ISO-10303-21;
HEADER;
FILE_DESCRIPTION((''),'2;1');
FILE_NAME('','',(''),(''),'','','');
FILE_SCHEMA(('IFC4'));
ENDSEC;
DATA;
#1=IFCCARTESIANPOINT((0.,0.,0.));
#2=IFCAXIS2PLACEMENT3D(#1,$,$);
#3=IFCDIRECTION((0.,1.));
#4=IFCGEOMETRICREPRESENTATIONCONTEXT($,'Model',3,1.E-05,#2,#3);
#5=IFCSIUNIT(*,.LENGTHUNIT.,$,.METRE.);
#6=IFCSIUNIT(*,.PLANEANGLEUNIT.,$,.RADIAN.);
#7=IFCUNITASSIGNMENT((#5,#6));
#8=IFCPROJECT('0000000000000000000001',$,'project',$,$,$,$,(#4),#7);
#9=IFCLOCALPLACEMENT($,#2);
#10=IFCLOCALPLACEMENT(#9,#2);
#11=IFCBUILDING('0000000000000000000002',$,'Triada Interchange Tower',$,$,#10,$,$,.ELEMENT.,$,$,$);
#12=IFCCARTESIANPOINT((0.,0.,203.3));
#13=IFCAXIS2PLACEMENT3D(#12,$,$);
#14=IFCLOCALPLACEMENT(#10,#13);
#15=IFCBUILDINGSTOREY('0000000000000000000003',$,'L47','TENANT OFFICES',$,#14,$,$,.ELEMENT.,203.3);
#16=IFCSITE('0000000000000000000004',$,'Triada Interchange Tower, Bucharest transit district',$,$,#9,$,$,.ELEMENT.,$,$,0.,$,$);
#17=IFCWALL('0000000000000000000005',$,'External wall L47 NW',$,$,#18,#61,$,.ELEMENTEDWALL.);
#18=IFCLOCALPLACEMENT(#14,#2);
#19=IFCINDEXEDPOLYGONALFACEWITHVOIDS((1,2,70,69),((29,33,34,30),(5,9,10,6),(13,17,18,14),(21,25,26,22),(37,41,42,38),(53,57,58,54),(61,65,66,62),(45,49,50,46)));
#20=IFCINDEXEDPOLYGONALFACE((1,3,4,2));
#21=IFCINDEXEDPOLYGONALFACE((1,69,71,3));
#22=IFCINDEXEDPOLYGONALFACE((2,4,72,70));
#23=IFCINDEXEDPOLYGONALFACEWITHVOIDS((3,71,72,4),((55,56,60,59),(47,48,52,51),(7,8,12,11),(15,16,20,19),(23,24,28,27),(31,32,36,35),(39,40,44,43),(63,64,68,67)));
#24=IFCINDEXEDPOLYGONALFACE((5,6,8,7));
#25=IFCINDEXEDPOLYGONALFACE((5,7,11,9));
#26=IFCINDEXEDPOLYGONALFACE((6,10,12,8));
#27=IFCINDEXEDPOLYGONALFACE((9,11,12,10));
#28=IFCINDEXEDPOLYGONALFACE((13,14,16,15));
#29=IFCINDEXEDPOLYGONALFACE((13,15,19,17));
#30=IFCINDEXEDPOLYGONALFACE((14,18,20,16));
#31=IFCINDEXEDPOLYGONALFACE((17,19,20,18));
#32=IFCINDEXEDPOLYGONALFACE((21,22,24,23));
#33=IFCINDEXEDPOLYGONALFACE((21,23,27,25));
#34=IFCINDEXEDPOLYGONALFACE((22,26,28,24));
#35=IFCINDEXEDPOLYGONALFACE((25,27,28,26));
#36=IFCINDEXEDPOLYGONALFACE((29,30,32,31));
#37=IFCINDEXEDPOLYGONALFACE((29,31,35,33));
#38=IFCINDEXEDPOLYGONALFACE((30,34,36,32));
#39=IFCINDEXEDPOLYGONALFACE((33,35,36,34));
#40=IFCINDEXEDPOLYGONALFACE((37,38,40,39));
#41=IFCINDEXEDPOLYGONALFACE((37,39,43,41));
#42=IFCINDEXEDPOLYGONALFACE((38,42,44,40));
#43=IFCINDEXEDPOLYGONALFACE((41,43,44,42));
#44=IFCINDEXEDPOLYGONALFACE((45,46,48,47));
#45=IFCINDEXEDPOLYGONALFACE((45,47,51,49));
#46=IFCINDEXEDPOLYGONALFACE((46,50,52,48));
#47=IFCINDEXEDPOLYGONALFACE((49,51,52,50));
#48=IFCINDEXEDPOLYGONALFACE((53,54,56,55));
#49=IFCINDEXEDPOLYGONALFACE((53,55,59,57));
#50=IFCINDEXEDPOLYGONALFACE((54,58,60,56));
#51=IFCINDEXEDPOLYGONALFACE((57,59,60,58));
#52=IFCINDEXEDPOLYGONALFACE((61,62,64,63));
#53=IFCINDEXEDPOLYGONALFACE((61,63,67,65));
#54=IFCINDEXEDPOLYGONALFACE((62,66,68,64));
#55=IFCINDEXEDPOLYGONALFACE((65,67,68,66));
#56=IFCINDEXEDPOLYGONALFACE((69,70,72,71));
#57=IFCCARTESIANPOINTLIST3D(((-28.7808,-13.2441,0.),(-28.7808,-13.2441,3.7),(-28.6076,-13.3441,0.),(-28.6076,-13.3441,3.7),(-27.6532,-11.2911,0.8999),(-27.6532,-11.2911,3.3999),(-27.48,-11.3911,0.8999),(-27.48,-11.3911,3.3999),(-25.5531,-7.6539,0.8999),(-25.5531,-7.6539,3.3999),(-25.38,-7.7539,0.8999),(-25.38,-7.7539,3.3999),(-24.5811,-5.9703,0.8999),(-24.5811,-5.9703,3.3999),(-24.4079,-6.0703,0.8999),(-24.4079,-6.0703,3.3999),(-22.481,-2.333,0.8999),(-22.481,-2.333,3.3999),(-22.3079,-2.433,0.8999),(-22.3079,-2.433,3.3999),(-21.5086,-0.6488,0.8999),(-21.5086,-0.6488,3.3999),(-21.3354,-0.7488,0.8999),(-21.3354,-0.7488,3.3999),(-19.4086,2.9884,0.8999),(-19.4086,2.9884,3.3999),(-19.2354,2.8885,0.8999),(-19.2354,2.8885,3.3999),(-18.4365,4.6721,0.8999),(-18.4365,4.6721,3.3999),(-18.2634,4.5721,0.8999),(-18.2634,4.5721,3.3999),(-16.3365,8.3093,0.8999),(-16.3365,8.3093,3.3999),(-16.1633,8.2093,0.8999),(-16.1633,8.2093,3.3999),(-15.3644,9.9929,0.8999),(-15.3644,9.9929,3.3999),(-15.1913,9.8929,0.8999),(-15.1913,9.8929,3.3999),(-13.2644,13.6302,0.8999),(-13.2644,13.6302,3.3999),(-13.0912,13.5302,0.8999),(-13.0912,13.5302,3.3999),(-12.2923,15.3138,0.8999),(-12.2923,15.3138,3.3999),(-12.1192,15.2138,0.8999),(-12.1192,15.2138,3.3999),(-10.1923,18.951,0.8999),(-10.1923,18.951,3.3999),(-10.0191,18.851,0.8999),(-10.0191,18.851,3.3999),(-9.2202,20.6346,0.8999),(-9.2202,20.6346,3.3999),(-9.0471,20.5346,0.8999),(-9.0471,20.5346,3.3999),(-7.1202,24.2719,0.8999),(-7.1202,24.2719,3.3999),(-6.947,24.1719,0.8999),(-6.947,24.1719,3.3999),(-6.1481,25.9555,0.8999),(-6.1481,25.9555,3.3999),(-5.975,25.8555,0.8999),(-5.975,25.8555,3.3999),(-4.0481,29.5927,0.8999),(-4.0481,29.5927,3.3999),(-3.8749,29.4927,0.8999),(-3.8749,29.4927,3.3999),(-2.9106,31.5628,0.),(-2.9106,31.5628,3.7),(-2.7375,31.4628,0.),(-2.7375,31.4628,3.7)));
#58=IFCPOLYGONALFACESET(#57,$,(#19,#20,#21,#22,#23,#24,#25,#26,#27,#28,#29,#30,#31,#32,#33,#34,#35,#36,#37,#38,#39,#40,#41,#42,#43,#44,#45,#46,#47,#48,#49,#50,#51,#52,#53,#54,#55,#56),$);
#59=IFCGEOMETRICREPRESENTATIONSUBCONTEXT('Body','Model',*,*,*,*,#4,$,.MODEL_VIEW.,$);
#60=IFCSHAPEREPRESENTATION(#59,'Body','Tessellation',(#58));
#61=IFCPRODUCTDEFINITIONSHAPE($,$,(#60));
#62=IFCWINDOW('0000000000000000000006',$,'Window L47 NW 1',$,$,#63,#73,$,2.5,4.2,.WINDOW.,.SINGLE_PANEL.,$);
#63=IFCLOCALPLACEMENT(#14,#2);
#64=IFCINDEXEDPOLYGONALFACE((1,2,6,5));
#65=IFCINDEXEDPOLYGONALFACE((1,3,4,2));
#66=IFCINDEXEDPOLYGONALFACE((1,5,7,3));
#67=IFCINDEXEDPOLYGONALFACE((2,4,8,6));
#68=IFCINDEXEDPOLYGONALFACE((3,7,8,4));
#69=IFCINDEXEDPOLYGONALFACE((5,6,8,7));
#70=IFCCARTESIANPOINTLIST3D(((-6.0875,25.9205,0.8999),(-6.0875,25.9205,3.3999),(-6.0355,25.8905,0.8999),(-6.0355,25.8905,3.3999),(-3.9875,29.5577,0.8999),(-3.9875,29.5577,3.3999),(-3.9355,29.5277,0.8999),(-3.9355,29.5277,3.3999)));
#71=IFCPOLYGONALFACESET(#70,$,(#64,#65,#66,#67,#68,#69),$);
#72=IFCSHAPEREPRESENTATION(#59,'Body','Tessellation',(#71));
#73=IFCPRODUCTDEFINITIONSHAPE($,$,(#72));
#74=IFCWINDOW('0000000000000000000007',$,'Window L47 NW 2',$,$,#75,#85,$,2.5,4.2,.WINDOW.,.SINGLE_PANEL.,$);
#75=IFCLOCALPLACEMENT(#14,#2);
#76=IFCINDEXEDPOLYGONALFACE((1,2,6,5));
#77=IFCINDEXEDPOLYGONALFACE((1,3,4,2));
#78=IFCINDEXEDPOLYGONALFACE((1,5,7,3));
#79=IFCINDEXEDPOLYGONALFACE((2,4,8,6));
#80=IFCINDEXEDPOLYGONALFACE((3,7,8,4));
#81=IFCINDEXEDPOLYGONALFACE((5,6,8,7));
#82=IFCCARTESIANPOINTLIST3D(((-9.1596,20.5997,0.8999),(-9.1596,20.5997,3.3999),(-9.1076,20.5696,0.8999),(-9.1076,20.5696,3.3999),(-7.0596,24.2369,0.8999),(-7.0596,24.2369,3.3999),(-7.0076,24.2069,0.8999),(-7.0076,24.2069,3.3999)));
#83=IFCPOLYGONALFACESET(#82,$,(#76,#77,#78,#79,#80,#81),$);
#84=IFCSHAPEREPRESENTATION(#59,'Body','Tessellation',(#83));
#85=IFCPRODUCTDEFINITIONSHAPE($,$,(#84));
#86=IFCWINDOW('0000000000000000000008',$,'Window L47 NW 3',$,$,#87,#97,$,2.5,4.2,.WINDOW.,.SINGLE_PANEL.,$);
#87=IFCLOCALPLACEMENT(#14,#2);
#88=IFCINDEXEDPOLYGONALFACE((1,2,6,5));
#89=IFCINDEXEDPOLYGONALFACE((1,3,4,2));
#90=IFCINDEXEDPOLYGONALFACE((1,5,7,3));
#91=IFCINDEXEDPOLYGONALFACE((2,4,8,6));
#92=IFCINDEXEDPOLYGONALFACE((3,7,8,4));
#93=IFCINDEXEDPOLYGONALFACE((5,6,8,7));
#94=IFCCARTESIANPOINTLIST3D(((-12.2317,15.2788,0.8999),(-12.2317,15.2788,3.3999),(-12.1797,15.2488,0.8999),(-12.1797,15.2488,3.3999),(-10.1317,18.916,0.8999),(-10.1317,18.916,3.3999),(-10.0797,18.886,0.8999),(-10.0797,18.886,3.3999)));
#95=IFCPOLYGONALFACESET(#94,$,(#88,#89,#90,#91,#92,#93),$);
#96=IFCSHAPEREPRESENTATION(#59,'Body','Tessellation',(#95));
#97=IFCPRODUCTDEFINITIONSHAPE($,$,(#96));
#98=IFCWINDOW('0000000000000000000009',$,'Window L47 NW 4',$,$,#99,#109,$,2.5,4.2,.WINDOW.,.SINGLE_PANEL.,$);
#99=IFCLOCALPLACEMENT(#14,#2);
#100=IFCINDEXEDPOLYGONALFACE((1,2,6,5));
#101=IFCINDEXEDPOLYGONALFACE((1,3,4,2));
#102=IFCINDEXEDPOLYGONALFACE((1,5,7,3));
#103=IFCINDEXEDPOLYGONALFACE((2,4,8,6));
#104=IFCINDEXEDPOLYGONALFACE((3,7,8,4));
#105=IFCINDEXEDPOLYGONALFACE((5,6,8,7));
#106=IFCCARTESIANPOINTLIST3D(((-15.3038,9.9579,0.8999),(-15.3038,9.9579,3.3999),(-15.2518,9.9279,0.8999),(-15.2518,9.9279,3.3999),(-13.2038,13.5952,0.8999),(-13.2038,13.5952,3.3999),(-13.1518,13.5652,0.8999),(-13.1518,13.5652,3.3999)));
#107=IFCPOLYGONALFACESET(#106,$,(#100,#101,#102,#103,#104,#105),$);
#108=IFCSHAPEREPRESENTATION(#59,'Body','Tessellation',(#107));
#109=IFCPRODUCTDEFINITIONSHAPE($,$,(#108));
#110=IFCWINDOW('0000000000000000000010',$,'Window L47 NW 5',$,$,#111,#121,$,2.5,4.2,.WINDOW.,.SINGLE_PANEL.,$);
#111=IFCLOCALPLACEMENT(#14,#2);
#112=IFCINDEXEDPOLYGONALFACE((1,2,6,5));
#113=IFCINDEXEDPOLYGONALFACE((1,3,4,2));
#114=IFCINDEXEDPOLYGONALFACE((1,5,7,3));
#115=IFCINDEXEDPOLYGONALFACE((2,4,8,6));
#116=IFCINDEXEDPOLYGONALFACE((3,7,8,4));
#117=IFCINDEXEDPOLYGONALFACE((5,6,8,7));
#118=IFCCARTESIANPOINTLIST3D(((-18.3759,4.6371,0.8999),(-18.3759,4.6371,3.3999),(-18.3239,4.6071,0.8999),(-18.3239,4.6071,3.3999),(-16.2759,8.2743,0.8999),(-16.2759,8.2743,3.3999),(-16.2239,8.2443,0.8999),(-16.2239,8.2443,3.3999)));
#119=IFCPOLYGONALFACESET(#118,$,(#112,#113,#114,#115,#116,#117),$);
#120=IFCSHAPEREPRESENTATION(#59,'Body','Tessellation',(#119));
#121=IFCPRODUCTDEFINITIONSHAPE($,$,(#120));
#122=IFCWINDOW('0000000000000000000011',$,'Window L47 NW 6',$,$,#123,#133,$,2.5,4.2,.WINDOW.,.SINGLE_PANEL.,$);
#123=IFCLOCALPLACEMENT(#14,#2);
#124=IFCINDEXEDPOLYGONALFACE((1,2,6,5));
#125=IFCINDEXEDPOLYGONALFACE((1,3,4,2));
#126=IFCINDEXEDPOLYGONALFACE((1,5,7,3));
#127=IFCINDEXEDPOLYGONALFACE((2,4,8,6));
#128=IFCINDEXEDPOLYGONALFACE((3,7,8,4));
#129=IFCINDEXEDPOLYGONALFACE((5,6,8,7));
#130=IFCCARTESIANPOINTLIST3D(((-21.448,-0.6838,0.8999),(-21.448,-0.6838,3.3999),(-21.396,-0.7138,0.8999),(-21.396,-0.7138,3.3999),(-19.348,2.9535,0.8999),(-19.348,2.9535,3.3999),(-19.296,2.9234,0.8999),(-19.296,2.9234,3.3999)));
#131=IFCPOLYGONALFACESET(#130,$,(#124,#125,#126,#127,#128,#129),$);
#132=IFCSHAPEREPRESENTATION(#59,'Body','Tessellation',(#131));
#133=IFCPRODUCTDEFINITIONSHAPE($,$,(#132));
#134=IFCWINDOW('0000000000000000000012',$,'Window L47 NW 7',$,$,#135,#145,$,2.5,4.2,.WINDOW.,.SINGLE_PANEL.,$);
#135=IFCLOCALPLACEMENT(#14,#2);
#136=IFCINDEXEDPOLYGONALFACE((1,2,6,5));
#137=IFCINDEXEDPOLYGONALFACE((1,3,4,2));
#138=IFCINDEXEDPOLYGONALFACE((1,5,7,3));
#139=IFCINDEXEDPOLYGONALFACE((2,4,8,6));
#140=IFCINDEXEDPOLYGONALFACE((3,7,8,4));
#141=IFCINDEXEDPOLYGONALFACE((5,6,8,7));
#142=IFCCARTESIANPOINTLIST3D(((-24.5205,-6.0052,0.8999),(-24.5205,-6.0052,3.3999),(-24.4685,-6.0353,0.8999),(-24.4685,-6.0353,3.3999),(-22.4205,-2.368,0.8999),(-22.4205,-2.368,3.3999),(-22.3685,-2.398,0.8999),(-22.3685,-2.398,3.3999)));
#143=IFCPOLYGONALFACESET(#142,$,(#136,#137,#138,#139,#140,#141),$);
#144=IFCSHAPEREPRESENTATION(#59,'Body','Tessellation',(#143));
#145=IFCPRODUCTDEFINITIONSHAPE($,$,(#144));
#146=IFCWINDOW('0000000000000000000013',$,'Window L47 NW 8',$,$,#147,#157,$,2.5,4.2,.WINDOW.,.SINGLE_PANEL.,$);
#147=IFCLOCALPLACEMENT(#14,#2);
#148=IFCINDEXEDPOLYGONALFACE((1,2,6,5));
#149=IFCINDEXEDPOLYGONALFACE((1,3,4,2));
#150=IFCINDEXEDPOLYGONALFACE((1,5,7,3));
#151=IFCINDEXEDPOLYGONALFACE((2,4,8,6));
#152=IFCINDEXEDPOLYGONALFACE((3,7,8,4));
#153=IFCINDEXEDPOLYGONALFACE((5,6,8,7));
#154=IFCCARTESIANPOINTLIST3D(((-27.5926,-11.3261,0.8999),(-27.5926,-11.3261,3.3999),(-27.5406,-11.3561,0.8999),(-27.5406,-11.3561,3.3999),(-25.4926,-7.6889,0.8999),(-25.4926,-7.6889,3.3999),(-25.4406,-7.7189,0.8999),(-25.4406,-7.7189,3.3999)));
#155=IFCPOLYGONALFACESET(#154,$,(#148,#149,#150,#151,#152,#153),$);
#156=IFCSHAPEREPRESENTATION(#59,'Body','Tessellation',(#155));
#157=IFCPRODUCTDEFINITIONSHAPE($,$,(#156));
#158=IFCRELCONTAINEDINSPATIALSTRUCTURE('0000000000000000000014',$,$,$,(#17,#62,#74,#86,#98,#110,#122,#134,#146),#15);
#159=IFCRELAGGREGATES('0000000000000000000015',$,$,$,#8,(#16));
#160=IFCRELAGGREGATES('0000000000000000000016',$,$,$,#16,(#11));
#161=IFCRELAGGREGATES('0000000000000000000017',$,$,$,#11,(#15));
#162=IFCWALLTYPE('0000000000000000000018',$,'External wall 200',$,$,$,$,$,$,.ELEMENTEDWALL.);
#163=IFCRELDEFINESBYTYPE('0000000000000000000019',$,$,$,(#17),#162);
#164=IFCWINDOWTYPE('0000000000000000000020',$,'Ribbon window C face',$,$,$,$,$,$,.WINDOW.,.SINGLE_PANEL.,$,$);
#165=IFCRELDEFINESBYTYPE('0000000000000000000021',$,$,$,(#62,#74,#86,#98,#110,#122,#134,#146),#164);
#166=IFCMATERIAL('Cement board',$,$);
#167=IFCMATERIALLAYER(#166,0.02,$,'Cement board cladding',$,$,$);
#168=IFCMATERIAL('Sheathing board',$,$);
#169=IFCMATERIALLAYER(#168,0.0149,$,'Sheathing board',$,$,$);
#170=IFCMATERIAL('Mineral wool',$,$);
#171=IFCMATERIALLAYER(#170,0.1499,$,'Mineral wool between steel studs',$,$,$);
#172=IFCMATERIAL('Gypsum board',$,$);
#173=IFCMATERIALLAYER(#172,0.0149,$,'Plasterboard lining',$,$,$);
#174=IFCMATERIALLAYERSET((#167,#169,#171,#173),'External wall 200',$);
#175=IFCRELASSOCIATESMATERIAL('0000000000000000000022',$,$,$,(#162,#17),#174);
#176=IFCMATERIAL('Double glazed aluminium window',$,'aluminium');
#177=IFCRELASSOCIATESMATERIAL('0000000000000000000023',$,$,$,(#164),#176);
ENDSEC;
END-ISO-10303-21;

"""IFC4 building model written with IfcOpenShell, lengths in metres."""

from ifc_helpers import new_model, si_unit, direction, frame, frame_2d, origin, place, context, subcontext, project, spatial, rectangle, extrude, material, layer, layer_set, layer_usage, type_object, element, fill, save


model = new_model("IFC4")

# Units and contexts
model_context = context("Model", 3, precision=1e-05, world=origin(), true_north=direction((0.0, 1.0)))
body_context = subcontext(model_context, "Body", "Model", "MODEL_VIEW")
ifc_project = project(units=[si_unit("LENGTHUNIT", "METRE"), si_unit("PLANEANGLEUNIT", "RADIAN")], contexts=[model_context])

# Site, building, storey
site_placement = place(None, origin())
site = spatial("IfcSite", under=ifc_project, at=site_placement, Name="Triada Interchange Tower, Bucharest transit district", CompositionType="ELEMENT", RefElevation=0.0)
building_placement = place(site_placement, origin())
building = spatial("IfcBuilding", under=site, at=building_placement, Name="Triada Interchange Tower", CompositionType="ELEMENT")
storey_placement = place(building_placement, frame((0.0, 0.0, 203.3)))
storey = spatial("IfcBuildingStorey", under=building, at=storey_placement, Name="L47", Description="TENANT OFFICES", CompositionType="ELEMENT", Elevation=203.3)

# Wall, openings, windows
ifc_material_1 = material(Name="Cement board")
ifc_layer_1 = layer(ifc_material_1, 0.02, Name="Cement board cladding")
ifc_material_2 = material(Name="Sheathing board")
ifc_layer_2 = layer(ifc_material_2, 0.0149, Name="Sheathing board")
ifc_material_3 = material(Name="Mineral wool")
ifc_layer_3 = layer(ifc_material_3, 0.1499, Name="Mineral wool between steel studs")
ifc_material_4 = material(Name="Gypsum board")
ifc_layer_4 = layer(ifc_material_4, 0.0149, Name="Plasterboard lining")
ifc_layer_set_1 = layer_set([ifc_layer_1, ifc_layer_2, ifc_layer_3, ifc_layer_4], Name="External wall 200")
ifc_layer_usage = layer_usage(ifc_layer_set_1, "AXIS2", "POSITIVE", -0.1001)
wall_type_1 = type_object("IfcWallType", Name="External wall 200", PredefinedType="ELEMENTEDWALL", material=ifc_layer_set_1)
wall_1_placement = place(storey_placement, frame((-2.824, 31.5129, 0.0), z_axis=(0.0, 0.0, 1.0), x_axis=(-0.500012, -0.866018, 0.0)))
wall_1 = element("IfcWall", 1, at=wall_1_placement, inside=storey, type_object=wall_type_1, material=ifc_layer_usage, Name="External wall L47 NW", PredefinedType="ELEMENTEDWALL", context=body_context, shape_type="SweptSolid", body=[
    extrude(rectangle(XDim=51.739, YDim=0.2, at=frame_2d((25.8696, 0.0))), origin(), (0.0, 0.0, 1.0), 3.7),
])
opening_1_placement = place(wall_1_placement, frame((2.2749, 0.0, 0.8999)))
opening_1 = element("IfcOpeningElement", 2, at=opening_1_placement, cuts=wall_1, PredefinedType="OPENING", context=body_context, shape_type="SweptSolid", body=[
    extrude(rectangle(XDim=4.2, YDim=2.5, at=frame_2d((2.1001, 1.25))), frame((0.0, 0.1099, 0.0), z_axis=(0.0, -1.0, 0.0), x_axis=(1.0, 0.0, 0.0)), (0.0, 0.0, 1.0), 0.22),
])
opening_2_placement = place(wall_1_placement, frame((8.4189, 0.0, 0.8999)))
opening_2 = element("IfcOpeningElement", 3, at=opening_2_placement, cuts=wall_1, PredefinedType="OPENING", context=body_context, shape_type="SweptSolid", body=[
    extrude(rectangle(XDim=4.2, YDim=2.5, at=frame_2d((2.1001, 1.25))), frame((0.0, 0.1099, 0.0), z_axis=(0.0, -1.0, 0.0), x_axis=(1.0, 0.0, 0.0)), (0.0, 0.0, 1.0), 0.22),
])
opening_3_placement = place(wall_1_placement, frame((14.563, 0.0, 0.8999)))
opening_3 = element("IfcOpeningElement", 4, at=opening_3_placement, cuts=wall_1, PredefinedType="OPENING", context=body_context, shape_type="SweptSolid", body=[
    extrude(rectangle(XDim=4.2, YDim=2.5, at=frame_2d((2.1001, 1.25))), frame((0.0, 0.1099, 0.0), z_axis=(0.0, -1.0, 0.0), x_axis=(1.0, 0.0, 0.0)), (0.0, 0.0, 1.0), 0.22),
])
opening_4_placement = place(wall_1_placement, frame((20.707, 0.0, 0.8999)))
opening_4 = element("IfcOpeningElement", 5, at=opening_4_placement, cuts=wall_1, PredefinedType="OPENING", context=body_context, shape_type="SweptSolid", body=[
    extrude(rectangle(XDim=4.2, YDim=2.5, at=frame_2d((2.1001, 1.25))), frame((0.0, 0.1099, 0.0), z_axis=(0.0, -1.0, 0.0), x_axis=(1.0, 0.0, 0.0)), (0.0, 0.0, 1.0), 0.22),
])
opening_5_placement = place(wall_1_placement, frame((26.8511, 0.0, 0.8999)))
opening_5 = element("IfcOpeningElement", 6, at=opening_5_placement, cuts=wall_1, PredefinedType="OPENING", context=body_context, shape_type="SweptSolid", body=[
    extrude(rectangle(XDim=4.2, YDim=2.5, at=frame_2d((2.1001, 1.25))), frame((0.0, 0.1099, 0.0), z_axis=(0.0, -1.0, 0.0), x_axis=(1.0, 0.0, 0.0)), (0.0, 0.0, 1.0), 0.22),
])
opening_6_placement = place(wall_1_placement, frame((32.9951, 0.0, 0.8999)))
opening_6 = element("IfcOpeningElement", 7, at=opening_6_placement, cuts=wall_1, PredefinedType="OPENING", context=body_context, shape_type="SweptSolid", body=[
    extrude(rectangle(XDim=4.2, YDim=2.5, at=frame_2d((2.1001, 1.25))), frame((0.0, 0.1099, 0.0), z_axis=(0.0, -1.0, 0.0), x_axis=(1.0, 0.0, 0.0)), (0.0, 0.0, 1.0), 0.22),
])
opening_7_placement = place(wall_1_placement, frame((39.1399, 0.0, 0.8999)))
opening_7 = element("IfcOpeningElement", 8, at=opening_7_placement, cuts=wall_1, PredefinedType="OPENING", context=body_context, shape_type="SweptSolid", body=[
    extrude(rectangle(XDim=4.2, YDim=2.5, at=frame_2d((2.1001, 1.25))), frame((0.0, 0.1099, 0.0), z_axis=(0.0, -1.0, 0.0), x_axis=(1.0, 0.0, 0.0)), (0.0, 0.0, 1.0), 0.22),
])
opening_8_placement = place(wall_1_placement, frame((45.2839, 0.0, 0.8999)))
opening_8 = element("IfcOpeningElement", 9, at=opening_8_placement, cuts=wall_1, PredefinedType="OPENING", context=body_context, shape_type="SweptSolid", body=[
    extrude(rectangle(XDim=4.2, YDim=2.5, at=frame_2d((2.1001, 1.25))), frame((0.0, 0.1099, 0.0), z_axis=(0.0, -1.0, 0.0), x_axis=(1.0, 0.0, 0.0)), (0.0, 0.0, 1.0), 0.22),
])
ifc_material_5 = material(Name="Double glazed aluminium window", Category="aluminium")
window_type = type_object("IfcWindowType", Name="Ribbon window C face", PartitioningType="SINGLE_PANEL", PredefinedType="WINDOW", material=ifc_material_5)
window_1_placement = place(opening_1_placement, origin())
window_1 = element("IfcWindow", 10, at=window_1_placement, inside=storey, type_object=window_type, Name="Window L47 NW 1", OverallHeight=2.5, OverallWidth=4.2, PartitioningType="SINGLE_PANEL", PredefinedType="WINDOW", context=body_context, shape_type="SweptSolid", body=[
    extrude(rectangle(XDim=4.2, YDim=2.5, at=frame_2d((2.1001, 1.25))), frame((0.0, 0.03, 0.0), z_axis=(0.0, -1.0, 0.0), x_axis=(1.0, 0.0, 0.0)), (0.0, 0.0, 1.0), 0.0601),
])
fill(opening_1, window_1)
window_2_placement = place(opening_2_placement, origin())
window_2 = element("IfcWindow", 11, at=window_2_placement, inside=storey, type_object=window_type, Name="Window L47 NW 2", OverallHeight=2.5, OverallWidth=4.2, PartitioningType="SINGLE_PANEL", PredefinedType="WINDOW", context=body_context, shape_type="SweptSolid", body=[
    extrude(rectangle(XDim=4.2, YDim=2.5, at=frame_2d((2.1001, 1.25))), frame((0.0, 0.03, 0.0), z_axis=(0.0, -1.0, 0.0), x_axis=(1.0, 0.0, 0.0)), (0.0, 0.0, 1.0), 0.0601),
])
fill(opening_2, window_2)
window_3_placement = place(opening_3_placement, origin())
window_3 = element("IfcWindow", 12, at=window_3_placement, inside=storey, type_object=window_type, Name="Window L47 NW 3", OverallHeight=2.5, OverallWidth=4.2, PartitioningType="SINGLE_PANEL", PredefinedType="WINDOW", context=body_context, shape_type="SweptSolid", body=[
    extrude(rectangle(XDim=4.2, YDim=2.5, at=frame_2d((2.1001, 1.25))), frame((0.0, 0.03, 0.0), z_axis=(0.0, -1.0, 0.0), x_axis=(1.0, 0.0, 0.0)), (0.0, 0.0, 1.0), 0.0601),
])
fill(opening_3, window_3)
window_4_placement = place(opening_4_placement, origin())
window_4 = element("IfcWindow", 13, at=window_4_placement, inside=storey, type_object=window_type, Name="Window L47 NW 4", OverallHeight=2.5, OverallWidth=4.2, PartitioningType="SINGLE_PANEL", PredefinedType="WINDOW", context=body_context, shape_type="SweptSolid", body=[
    extrude(rectangle(XDim=4.2, YDim=2.5, at=frame_2d((2.1001, 1.25))), frame((0.0, 0.03, 0.0), z_axis=(0.0, -1.0, 0.0), x_axis=(1.0, 0.0, 0.0)), (0.0, 0.0, 1.0), 0.0601),
])
fill(opening_4, window_4)
window_5_placement = place(opening_5_placement, origin())
window_5 = element("IfcWindow", 14, at=window_5_placement, inside=storey, type_object=window_type, Name="Window L47 NW 5", OverallHeight=2.5, OverallWidth=4.2, PartitioningType="SINGLE_PANEL", PredefinedType="WINDOW", context=body_context, shape_type="SweptSolid", body=[
    extrude(rectangle(XDim=4.2, YDim=2.5, at=frame_2d((2.1001, 1.25))), frame((0.0, 0.03, 0.0), z_axis=(0.0, -1.0, 0.0), x_axis=(1.0, 0.0, 0.0)), (0.0, 0.0, 1.0), 0.0601),
])
fill(opening_5, window_5)
window_6_placement = place(opening_6_placement, origin())
window_6 = element("IfcWindow", 15, at=window_6_placement, inside=storey, type_object=window_type, Name="Window L47 NW 6", OverallHeight=2.5, OverallWidth=4.2, PartitioningType="SINGLE_PANEL", PredefinedType="WINDOW", context=body_context, shape_type="SweptSolid", body=[
    extrude(rectangle(XDim=4.2, YDim=2.5, at=frame_2d((2.1001, 1.25))), frame((0.0, 0.03, 0.0), z_axis=(0.0, -1.0, 0.0), x_axis=(1.0, 0.0, 0.0)), (0.0, 0.0, 1.0), 0.0601),
])
fill(opening_6, window_6)
window_7_placement = place(opening_7_placement, origin())
window_7 = element("IfcWindow", 16, at=window_7_placement, inside=storey, type_object=window_type, Name="Window L47 NW 7", OverallHeight=2.5, OverallWidth=4.2, PartitioningType="SINGLE_PANEL", PredefinedType="WINDOW", context=body_context, shape_type="SweptSolid", body=[
    extrude(rectangle(XDim=4.2, YDim=2.5, at=frame_2d((2.1001, 1.25))), frame((0.0, 0.03, 0.0), z_axis=(0.0, -1.0, 0.0), x_axis=(1.0, 0.0, 0.0)), (0.0, 0.0, 1.0), 0.0601),
])
fill(opening_7, window_7)
window_8_placement = place(opening_8_placement, origin())
window_8 = element("IfcWindow", 17, at=window_8_placement, inside=storey, type_object=window_type, Name="Window L47 NW 8", OverallHeight=2.5, OverallWidth=4.2, PartitioningType="SINGLE_PANEL", PredefinedType="WINDOW", context=body_context, shape_type="SweptSolid", body=[
    extrude(rectangle(XDim=4.2, YDim=2.5, at=frame_2d((2.1001, 1.25))), frame((0.0, 0.03, 0.0), z_axis=(0.0, -1.0, 0.0), x_axis=(1.0, 0.0, 0.0)), (0.0, 0.0, 1.0), 0.0601),
])
fill(opening_8, window_8)

save(model, "model.ifc")
